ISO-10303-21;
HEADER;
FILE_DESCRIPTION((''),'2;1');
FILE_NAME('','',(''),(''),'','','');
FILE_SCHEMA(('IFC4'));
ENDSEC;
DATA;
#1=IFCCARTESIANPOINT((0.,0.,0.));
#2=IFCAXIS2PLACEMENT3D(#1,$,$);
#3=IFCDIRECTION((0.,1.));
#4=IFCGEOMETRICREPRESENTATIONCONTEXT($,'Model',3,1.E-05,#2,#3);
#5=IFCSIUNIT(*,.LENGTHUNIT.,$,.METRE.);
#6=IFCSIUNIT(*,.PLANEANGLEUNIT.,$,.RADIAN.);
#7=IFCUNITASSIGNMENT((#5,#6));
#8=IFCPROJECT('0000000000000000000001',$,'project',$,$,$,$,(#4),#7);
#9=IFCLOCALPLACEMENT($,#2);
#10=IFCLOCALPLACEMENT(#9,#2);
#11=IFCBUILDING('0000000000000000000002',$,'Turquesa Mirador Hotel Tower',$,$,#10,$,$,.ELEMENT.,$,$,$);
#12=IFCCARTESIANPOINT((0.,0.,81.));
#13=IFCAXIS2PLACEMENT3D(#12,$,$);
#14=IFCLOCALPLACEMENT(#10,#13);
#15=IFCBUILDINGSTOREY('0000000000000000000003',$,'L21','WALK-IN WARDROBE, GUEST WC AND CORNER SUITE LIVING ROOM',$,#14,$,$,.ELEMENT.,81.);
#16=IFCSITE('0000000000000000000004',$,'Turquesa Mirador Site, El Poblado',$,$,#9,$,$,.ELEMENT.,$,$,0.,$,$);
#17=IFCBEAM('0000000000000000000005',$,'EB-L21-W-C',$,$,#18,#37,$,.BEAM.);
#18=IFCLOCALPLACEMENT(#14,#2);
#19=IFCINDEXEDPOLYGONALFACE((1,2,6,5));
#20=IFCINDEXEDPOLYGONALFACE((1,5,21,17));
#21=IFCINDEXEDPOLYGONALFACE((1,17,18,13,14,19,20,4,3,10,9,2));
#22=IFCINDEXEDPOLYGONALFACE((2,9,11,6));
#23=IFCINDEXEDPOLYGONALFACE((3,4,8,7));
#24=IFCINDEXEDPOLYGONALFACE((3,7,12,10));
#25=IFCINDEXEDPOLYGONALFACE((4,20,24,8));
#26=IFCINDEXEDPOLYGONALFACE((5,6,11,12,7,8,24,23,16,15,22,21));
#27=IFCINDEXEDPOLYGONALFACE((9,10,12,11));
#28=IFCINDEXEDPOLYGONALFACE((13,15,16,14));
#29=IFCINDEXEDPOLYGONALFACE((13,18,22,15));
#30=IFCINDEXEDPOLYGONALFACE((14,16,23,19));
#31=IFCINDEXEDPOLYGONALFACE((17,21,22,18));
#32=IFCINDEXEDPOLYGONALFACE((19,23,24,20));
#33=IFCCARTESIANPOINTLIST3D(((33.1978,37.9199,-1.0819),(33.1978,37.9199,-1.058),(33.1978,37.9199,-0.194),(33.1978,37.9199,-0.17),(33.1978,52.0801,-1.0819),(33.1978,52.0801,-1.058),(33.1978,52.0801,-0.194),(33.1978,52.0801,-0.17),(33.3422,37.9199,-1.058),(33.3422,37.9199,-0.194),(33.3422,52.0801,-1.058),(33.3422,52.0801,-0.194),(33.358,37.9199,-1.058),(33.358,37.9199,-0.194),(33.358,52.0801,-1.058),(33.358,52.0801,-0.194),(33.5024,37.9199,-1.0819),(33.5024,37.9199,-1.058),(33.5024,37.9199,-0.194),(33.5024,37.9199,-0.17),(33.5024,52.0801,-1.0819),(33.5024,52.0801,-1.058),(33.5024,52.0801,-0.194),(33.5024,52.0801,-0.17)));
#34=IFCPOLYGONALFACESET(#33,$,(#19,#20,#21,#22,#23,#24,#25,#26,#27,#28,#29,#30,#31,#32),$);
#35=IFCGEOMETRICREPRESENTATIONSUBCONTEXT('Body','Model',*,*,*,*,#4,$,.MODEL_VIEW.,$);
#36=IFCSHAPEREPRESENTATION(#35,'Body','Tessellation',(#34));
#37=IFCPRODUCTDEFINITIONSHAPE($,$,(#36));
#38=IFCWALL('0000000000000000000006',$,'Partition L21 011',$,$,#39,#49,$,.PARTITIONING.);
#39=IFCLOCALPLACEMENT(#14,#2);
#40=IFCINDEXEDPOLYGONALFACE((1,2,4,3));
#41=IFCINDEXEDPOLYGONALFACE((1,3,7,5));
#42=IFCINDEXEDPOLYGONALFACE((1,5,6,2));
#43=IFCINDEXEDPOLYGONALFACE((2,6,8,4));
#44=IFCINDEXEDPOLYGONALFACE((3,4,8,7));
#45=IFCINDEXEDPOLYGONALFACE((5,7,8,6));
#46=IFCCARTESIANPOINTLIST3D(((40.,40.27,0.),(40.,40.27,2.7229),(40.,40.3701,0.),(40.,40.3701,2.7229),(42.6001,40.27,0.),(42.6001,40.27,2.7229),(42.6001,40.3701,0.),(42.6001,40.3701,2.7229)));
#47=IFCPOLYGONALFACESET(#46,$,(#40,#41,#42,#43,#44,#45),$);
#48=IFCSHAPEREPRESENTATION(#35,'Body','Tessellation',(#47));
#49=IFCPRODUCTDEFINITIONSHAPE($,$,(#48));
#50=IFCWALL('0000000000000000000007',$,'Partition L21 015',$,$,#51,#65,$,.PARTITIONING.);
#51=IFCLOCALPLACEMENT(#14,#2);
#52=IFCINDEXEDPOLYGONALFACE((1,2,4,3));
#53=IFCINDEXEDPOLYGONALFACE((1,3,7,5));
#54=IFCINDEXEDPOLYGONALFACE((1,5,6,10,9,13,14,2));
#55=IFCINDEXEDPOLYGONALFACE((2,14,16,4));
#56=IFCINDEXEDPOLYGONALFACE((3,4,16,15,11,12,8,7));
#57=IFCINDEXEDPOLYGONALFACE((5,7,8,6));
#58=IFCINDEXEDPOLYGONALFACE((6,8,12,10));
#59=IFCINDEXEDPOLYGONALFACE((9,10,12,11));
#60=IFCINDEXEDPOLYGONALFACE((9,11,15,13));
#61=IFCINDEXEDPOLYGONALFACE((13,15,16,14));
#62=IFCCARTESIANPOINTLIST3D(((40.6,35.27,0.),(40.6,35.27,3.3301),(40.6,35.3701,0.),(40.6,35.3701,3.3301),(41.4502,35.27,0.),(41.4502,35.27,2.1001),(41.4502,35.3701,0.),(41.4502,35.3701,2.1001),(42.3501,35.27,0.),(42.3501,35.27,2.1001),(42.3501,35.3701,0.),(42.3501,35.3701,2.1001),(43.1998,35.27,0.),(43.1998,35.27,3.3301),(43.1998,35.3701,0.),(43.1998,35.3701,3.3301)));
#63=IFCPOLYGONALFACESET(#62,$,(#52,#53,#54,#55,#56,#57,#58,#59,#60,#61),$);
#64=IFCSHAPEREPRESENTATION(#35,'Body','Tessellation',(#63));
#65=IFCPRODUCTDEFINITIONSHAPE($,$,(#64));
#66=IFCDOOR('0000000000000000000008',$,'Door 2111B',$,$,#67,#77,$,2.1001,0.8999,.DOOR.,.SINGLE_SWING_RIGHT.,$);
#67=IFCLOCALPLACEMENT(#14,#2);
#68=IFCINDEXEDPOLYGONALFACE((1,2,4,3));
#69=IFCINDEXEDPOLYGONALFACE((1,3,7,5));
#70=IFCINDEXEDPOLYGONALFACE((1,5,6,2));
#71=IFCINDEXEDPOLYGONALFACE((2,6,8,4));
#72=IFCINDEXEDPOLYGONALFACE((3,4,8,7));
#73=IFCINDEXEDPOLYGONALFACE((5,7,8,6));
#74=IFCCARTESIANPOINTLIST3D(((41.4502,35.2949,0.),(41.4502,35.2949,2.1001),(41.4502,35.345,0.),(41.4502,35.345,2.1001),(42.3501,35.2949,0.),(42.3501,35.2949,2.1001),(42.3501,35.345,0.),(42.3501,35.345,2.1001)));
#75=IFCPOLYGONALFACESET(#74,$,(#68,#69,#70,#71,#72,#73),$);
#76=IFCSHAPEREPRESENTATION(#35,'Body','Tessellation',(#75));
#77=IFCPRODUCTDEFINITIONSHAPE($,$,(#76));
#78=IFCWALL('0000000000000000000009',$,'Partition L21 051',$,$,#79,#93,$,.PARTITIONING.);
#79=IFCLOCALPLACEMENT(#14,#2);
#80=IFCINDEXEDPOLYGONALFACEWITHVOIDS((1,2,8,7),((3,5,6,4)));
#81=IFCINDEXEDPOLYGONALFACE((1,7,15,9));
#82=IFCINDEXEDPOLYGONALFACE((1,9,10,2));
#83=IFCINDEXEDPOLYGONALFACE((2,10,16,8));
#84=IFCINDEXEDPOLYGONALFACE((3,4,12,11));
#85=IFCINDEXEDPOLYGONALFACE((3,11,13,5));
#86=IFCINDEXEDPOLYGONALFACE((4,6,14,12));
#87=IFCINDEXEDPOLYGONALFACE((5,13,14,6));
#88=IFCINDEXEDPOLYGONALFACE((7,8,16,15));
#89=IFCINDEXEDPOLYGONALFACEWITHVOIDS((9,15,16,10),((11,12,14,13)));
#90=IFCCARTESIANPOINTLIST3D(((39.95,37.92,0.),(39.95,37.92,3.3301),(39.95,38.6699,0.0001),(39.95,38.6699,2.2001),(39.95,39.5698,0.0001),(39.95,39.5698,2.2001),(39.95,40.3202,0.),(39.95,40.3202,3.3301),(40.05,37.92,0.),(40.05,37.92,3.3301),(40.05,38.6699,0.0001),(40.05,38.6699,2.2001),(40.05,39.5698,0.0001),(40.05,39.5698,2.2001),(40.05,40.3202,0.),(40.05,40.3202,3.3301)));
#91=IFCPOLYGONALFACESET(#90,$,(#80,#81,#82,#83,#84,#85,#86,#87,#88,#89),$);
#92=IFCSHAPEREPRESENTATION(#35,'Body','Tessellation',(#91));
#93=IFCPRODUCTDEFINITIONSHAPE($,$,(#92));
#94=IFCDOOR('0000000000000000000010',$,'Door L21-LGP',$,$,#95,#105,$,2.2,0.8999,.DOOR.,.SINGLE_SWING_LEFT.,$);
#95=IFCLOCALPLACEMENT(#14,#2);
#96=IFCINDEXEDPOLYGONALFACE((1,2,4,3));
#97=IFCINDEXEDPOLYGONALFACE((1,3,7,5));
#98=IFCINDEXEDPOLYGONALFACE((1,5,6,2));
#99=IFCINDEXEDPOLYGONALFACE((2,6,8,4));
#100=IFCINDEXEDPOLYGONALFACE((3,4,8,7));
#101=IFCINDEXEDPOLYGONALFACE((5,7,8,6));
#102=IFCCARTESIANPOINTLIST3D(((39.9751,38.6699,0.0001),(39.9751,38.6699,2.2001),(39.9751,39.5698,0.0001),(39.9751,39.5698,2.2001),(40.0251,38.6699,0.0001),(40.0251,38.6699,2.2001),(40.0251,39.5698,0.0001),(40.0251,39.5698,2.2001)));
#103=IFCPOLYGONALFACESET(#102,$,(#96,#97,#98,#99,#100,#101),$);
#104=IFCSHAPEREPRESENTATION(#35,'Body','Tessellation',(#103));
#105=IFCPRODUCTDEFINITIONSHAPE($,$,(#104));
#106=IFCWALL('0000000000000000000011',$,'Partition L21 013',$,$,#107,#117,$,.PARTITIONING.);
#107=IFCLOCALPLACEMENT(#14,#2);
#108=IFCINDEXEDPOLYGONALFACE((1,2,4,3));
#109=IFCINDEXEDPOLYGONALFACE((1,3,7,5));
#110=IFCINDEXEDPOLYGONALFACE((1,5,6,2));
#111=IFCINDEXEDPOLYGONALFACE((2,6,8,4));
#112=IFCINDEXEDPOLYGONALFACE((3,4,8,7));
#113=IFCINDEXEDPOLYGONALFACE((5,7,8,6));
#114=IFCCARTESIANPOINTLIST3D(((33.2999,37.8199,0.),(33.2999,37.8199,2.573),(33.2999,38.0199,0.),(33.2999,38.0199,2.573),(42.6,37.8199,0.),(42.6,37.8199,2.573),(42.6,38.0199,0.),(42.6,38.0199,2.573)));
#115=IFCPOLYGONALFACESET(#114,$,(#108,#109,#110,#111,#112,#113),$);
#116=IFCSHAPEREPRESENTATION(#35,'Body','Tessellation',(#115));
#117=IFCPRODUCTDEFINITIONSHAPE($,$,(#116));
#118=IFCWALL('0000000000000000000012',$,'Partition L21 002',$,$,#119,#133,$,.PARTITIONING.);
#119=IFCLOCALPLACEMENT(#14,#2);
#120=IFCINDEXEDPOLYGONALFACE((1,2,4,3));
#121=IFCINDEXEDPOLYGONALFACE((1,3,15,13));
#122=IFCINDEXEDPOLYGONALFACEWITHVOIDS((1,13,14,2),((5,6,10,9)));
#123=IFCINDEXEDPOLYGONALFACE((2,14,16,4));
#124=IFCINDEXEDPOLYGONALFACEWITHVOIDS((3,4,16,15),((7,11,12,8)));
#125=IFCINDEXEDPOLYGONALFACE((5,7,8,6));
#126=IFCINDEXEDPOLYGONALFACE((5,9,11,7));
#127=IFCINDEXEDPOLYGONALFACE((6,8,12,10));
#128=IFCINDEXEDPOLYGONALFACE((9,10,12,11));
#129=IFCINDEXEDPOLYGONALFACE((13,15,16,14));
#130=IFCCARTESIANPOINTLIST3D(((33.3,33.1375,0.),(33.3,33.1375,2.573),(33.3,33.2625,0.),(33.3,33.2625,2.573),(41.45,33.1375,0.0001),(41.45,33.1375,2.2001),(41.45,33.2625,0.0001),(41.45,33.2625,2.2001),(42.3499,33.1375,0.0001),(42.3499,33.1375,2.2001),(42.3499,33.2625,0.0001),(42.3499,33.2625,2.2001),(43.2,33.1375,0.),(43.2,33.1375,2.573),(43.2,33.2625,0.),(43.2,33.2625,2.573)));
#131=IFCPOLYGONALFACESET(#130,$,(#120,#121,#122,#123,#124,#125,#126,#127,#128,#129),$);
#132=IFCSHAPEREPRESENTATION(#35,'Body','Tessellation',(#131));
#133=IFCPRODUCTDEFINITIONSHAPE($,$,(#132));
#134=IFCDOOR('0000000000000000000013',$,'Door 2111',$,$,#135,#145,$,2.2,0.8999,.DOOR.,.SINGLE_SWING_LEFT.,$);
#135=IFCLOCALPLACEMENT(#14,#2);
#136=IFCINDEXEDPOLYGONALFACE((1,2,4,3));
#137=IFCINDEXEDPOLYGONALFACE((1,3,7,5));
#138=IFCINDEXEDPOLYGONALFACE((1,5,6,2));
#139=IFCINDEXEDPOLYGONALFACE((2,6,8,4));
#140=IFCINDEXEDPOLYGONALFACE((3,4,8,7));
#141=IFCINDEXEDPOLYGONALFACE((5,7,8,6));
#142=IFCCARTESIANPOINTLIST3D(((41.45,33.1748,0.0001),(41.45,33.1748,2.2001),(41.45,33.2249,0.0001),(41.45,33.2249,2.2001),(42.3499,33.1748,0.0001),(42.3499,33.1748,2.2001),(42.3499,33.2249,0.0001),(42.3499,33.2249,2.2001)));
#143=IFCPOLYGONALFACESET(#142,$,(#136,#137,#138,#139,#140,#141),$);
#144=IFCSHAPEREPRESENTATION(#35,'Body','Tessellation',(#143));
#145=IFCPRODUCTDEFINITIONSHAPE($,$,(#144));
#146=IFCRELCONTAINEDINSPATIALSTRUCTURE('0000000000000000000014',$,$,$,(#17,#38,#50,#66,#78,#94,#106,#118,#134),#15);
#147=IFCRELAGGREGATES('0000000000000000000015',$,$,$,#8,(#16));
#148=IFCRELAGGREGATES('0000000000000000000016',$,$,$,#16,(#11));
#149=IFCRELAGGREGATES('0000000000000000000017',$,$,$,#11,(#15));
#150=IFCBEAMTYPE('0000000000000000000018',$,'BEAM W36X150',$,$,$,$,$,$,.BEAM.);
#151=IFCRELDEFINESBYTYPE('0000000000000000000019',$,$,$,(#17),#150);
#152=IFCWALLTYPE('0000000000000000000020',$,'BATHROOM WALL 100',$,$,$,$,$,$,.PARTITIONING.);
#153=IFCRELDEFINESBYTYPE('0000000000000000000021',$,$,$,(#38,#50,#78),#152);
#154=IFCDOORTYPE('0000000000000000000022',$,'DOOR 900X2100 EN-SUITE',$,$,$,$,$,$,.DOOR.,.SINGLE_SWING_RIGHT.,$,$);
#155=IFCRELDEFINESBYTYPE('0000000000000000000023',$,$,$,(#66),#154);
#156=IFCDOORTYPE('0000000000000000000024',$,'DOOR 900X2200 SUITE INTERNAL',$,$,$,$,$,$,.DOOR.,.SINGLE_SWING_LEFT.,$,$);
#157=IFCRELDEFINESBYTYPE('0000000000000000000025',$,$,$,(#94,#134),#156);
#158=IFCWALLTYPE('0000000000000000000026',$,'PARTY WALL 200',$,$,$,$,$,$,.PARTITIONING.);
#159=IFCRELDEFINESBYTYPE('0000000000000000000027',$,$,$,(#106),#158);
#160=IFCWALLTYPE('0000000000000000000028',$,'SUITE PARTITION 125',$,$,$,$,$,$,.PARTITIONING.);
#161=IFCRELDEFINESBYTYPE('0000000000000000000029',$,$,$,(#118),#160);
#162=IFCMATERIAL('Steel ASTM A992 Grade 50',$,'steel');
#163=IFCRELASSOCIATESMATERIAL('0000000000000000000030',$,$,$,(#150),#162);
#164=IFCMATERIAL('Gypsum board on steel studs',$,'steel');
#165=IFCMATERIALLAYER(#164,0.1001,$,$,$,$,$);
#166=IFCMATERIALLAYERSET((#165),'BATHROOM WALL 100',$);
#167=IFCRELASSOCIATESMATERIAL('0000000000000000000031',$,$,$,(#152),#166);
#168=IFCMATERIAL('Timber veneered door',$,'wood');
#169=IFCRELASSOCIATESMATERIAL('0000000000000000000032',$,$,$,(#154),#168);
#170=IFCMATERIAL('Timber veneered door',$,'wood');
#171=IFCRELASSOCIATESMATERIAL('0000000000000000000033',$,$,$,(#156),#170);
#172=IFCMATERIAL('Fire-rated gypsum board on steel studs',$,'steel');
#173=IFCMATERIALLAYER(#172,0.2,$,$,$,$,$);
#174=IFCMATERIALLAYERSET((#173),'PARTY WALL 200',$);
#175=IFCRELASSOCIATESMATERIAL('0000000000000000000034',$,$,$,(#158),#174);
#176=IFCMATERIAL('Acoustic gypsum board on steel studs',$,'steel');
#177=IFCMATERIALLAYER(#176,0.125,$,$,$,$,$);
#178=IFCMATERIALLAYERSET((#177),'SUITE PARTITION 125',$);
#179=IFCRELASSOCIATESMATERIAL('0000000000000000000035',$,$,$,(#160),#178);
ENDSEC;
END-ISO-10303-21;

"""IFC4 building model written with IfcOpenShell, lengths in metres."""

from ifc_helpers import new_model, si_unit, direction, frame, frame_2d, origin, origin_2d, place, context, subcontext, project, spatial, rectangle, i_section, extrude, material, layer, layer_set, material_profile, profile_set, type_object, element, fill, save


model = new_model("IFC4")

# Units and contexts
model_context = context("Model", 3, precision=1e-05, world=origin(), true_north=direction((0.0, 1.0)))
body_context = subcontext(model_context, "Body", "Model", "MODEL_VIEW")
ifc_project = project(units=[si_unit("LENGTHUNIT", "METRE"), si_unit("PLANEANGLEUNIT", "RADIAN")], contexts=[model_context])

# Site, building, storey
site_placement = place(None, origin())
site = spatial("IfcSite", under=ifc_project, at=site_placement, Name="Turquesa Mirador Site, El Poblado", CompositionType="ELEMENT", RefElevation=0.0)
building_placement = place(site_placement, origin())
building = spatial("IfcBuilding", under=site, at=building_placement, Name="Turquesa Mirador Hotel Tower", CompositionType="ELEMENT")
storey_placement = place(building_placement, frame((0.0, 0.0, 81.0)))
storey = spatial("IfcBuildingStorey", under=building, at=storey_placement, Name="L21", Description="WALK-IN WARDROBE, GUEST WC AND CORNER SUITE LIVING ROOM", CompositionType="ELEMENT", Elevation=81.0)

# Beam
ifc_material_1 = material(Name="Steel ASTM A992 Grade 50", Category="steel")
ifc_material_profile_1 = material_profile(ifc_material_1, i_section(OverallWidth=0.3047, OverallDepth=0.9119, WebThickness=0.0159, FlangeThickness=0.0239, at=origin_2d()), Name="W36X150")
ifc_profile_set_1 = profile_set([ifc_material_profile_1], Name="Steel ASTM A992 Grade 50")
beam_type_1 = type_object("IfcBeamType", Name="BEAM W36X150", PredefinedType="BEAM", material=ifc_profile_set_1)
beam_1_placement = place(storey_placement, frame((33.3501, 37.9199, -0.626), z_axis=(0.0, 1.0, 0.0), x_axis=(-1.0, 0.0, 0.0)))
element("IfcBeam", 1, at=beam_1_placement, inside=storey, type_object=beam_type_1, Name="EB-L21-W-C", PredefinedType="BEAM", context=body_context, shape_type="SweptSolid", body=[
    extrude(i_section(OverallWidth=0.3047, OverallDepth=0.9119, WebThickness=0.0159, FlangeThickness=0.0239, at=origin_2d()), origin(), (0.0, 0.0, 1.0), 14.1602),
])

# Wall
ifc_material_2 = material(Name="Gypsum board on steel studs", Category="steel")
ifc_layer_1 = layer(ifc_material_2, 0.1001)
ifc_layer_set_1 = layer_set([ifc_layer_1], Name="BATHROOM WALL 100")
wall_type_1 = type_object("IfcWallType", Name="BATHROOM WALL 100", PredefinedType="PARTITIONING", material=ifc_layer_set_1)
wall_1_placement = place(storey_placement, frame((40.0, 40.3201, 0.0), z_axis=(0.0, 0.0, 1.0), x_axis=(1.0, 0.0, 0.0)))
element("IfcWall", 2, at=wall_1_placement, inside=storey, type_object=wall_type_1, Name="Partition L21 011", PredefinedType="PARTITIONING", context=body_context, shape_type="SweptSolid", body=[
    extrude(rectangle(XDim=2.6001, YDim=0.1001, at=frame_2d((1.3, 0.0))), origin(), (0.0, 0.0, 1.0), 2.7229),
])

# Walls, openings, doors
wall_2_placement = place(storey_placement, frame((40.6001, 35.3201, 0.0), z_axis=(0.0, 0.0, 1.0), x_axis=(1.0, 0.0, 0.0)))
wall_2 = element("IfcWall", 3, at=wall_2_placement, inside=storey, type_object=wall_type_1, Name="Partition L21 015", PredefinedType="PARTITIONING", context=body_context, shape_type="SweptSolid", body=[
    extrude(rectangle(XDim=2.5999, YDim=0.1001, at=frame_2d((1.2998, 0.0))), origin(), (0.0, 0.0, 1.0), 3.3301),
])
opening_1_placement = place(wall_2_placement, frame((0.8501, 0.0, 0.0)))
opening_1 = element("IfcOpeningElement", 4, at=opening_1_placement, cuts=wall_2, PredefinedType="OPENING", context=body_context, shape_type="SweptSolid", body=[
    extrude(rectangle(XDim=0.8999, YDim=2.1001, at=frame_2d((0.45, 1.05))), frame((0.0, 0.0601, 0.0), z_axis=(0.0, -1.0, 0.0), x_axis=(1.0, 0.0, 0.0)), (0.0, 0.0, 1.0), 0.1201),
])
ifc_material_3 = material(Name="Timber veneered door", Category="wood")
door_type_1 = type_object("IfcDoorType", Name="DOOR 900X2100 EN-SUITE", OperationType="SINGLE_SWING_RIGHT", PredefinedType="DOOR", material=ifc_material_3)
door_1_placement = place(opening_1_placement, origin())
door_1 = element("IfcDoor", 5, at=door_1_placement, inside=storey, type_object=door_type_1, Name="Door 2111B", OperationType="SINGLE_SWING_RIGHT", OverallHeight=2.1001, OverallWidth=0.8999, PredefinedType="DOOR", context=body_context, shape_type="SweptSolid", body=[
    extrude(rectangle(XDim=0.8999, YDim=2.1001, at=frame_2d((0.45, 1.05))), frame((0.0, 0.0249, 0.0), z_axis=(0.0, -1.0, 0.0), x_axis=(1.0, 0.0, 0.0)), (0.0, 0.0, 1.0), 0.05),
])
fill(opening_1, door_1)
wall_3_placement = place(storey_placement, frame((40.0, 37.9199, 0.0), z_axis=(0.0, 0.0, 1.0), x_axis=(0.0, 1.0, 0.0)))
wall_3 = element("IfcWall", 6, at=wall_3_placement, inside=storey, type_object=wall_type_1, Name="Partition L21 051", PredefinedType="PARTITIONING", context=body_context, shape_type="SweptSolid", body=[
    extrude(rectangle(XDim=2.4001, YDim=0.1001, at=frame_2d((1.2002, 0.0))), origin(), (0.0, 0.0, 1.0), 3.3301),
])
opening_2_placement = place(wall_3_placement, frame((0.75, 0.0, 0.0)))
opening_2 = element("IfcOpeningElement", 7, at=opening_2_placement, cuts=wall_3, PredefinedType="OPENING", context=body_context, shape_type="SweptSolid", body=[
    extrude(rectangle(XDim=0.8999, YDim=2.2, at=frame_2d((0.45, 1.1001))), frame((0.0, 0.0601, 0.0), z_axis=(0.0, -1.0, 0.0), x_axis=(1.0, 0.0, 0.0)), (0.0, 0.0, 1.0), 0.1201),
])
ifc_material_4 = material(Name="Timber veneered door", Category="wood")
door_type_2 = type_object("IfcDoorType", Name="DOOR 900X2200 SUITE INTERNAL", OperationType="SINGLE_SWING_LEFT", PredefinedType="DOOR", material=ifc_material_4)
door_2_placement = place(opening_2_placement, origin())
door_2 = element("IfcDoor", 8, at=door_2_placement, inside=storey, type_object=door_type_2, Name="Door L21-LGP", OperationType="SINGLE_SWING_LEFT", OverallHeight=2.2, OverallWidth=0.8999, PredefinedType="DOOR", context=body_context, shape_type="SweptSolid", body=[
    extrude(rectangle(XDim=0.8999, YDim=2.2, at=frame_2d((0.45, 1.1001))), frame((0.0, 0.0249, 0.0), z_axis=(0.0, -1.0, 0.0), x_axis=(1.0, 0.0, 0.0)), (0.0, 0.0, 1.0), 0.05),
])
fill(opening_2, door_2)

# Wall
ifc_material_5 = material(Name="Fire-rated gypsum board on steel studs", Category="steel")
ifc_layer_2 = layer(ifc_material_5, 0.2)
ifc_layer_set_2 = layer_set([ifc_layer_2], Name="PARTY WALL 200")
wall_type_2 = type_object("IfcWallType", Name="PARTY WALL 200", PredefinedType="PARTITIONING", material=ifc_layer_set_2)
wall_4_placement = place(storey_placement, frame((33.3, 37.9199, 0.0), z_axis=(0.0, 0.0, 1.0), x_axis=(1.0, 0.0, 0.0)))
element("IfcWall", 9, at=wall_4_placement, inside=storey, type_object=wall_type_2, Name="Partition L21 013", PredefinedType="PARTITIONING", context=body_context, shape_type="SweptSolid", body=[
    extrude(rectangle(XDim=9.3, YDim=0.2, at=frame_2d((4.6499, 0.0))), origin(), (0.0, 0.0, 1.0), 2.573),
])

# Wall, opening, door
ifc_material_6 = material(Name="Acoustic gypsum board on steel studs", Category="steel")
ifc_layer_3 = layer(ifc_material_6, 0.125)
ifc_layer_set_3 = layer_set([ifc_layer_3], Name="SUITE PARTITION 125")
wall_type_3 = type_object("IfcWallType", Name="SUITE PARTITION 125", PredefinedType="PARTITIONING", material=ifc_layer_set_3)
wall_5_placement = place(storey_placement, frame((33.3, 33.2, 0.0), z_axis=(0.0, 0.0, 1.0), x_axis=(1.0, 0.0, 0.0)))
wall_5 = element("IfcWall", 10, at=wall_5_placement, inside=storey, type_object=wall_type_3, Name="Partition L21 002", PredefinedType="PARTITIONING", context=body_context, shape_type="SweptSolid", body=[
    extrude(rectangle(XDim=9.8999, YDim=0.125, at=frame_2d((4.95, 0.0))), origin(), (0.0, 0.0, 1.0), 2.573),
])
opening_3_placement = place(wall_5_placement, frame((8.1499, 0.0, 0.0)))
opening_3 = element("IfcOpeningElement", 11, at=opening_3_placement, cuts=wall_5, PredefinedType="OPENING", context=body_context, shape_type="SweptSolid", body=[
    extrude(rectangle(XDim=0.8999, YDim=2.2, at=frame_2d((0.45, 1.1001))), frame((0.0, 0.0725, 0.0), z_axis=(0.0, -1.0, 0.0), x_axis=(1.0, 0.0, 0.0)), (0.0, 0.0, 1.0), 0.145),
])
door_3_placement = place(opening_3_placement, origin())
door_3 = element("IfcDoor", 12, at=door_3_placement, inside=storey, type_object=door_type_2, Name="Door 2111", OperationType="SINGLE_SWING_LEFT", OverallHeight=2.2, OverallWidth=0.8999, PredefinedType="DOOR", context=body_context, shape_type="SweptSolid", body=[
    extrude(rectangle(XDim=0.8999, YDim=2.2, at=frame_2d((0.45, 1.1001))), frame((0.0, 0.0249, 0.0), z_axis=(0.0, -1.0, 0.0), x_axis=(1.0, 0.0, 0.0)), (0.0, 0.0, 1.0), 0.05),
])
fill(opening_3, door_3)

save(model, "model.ifc")
